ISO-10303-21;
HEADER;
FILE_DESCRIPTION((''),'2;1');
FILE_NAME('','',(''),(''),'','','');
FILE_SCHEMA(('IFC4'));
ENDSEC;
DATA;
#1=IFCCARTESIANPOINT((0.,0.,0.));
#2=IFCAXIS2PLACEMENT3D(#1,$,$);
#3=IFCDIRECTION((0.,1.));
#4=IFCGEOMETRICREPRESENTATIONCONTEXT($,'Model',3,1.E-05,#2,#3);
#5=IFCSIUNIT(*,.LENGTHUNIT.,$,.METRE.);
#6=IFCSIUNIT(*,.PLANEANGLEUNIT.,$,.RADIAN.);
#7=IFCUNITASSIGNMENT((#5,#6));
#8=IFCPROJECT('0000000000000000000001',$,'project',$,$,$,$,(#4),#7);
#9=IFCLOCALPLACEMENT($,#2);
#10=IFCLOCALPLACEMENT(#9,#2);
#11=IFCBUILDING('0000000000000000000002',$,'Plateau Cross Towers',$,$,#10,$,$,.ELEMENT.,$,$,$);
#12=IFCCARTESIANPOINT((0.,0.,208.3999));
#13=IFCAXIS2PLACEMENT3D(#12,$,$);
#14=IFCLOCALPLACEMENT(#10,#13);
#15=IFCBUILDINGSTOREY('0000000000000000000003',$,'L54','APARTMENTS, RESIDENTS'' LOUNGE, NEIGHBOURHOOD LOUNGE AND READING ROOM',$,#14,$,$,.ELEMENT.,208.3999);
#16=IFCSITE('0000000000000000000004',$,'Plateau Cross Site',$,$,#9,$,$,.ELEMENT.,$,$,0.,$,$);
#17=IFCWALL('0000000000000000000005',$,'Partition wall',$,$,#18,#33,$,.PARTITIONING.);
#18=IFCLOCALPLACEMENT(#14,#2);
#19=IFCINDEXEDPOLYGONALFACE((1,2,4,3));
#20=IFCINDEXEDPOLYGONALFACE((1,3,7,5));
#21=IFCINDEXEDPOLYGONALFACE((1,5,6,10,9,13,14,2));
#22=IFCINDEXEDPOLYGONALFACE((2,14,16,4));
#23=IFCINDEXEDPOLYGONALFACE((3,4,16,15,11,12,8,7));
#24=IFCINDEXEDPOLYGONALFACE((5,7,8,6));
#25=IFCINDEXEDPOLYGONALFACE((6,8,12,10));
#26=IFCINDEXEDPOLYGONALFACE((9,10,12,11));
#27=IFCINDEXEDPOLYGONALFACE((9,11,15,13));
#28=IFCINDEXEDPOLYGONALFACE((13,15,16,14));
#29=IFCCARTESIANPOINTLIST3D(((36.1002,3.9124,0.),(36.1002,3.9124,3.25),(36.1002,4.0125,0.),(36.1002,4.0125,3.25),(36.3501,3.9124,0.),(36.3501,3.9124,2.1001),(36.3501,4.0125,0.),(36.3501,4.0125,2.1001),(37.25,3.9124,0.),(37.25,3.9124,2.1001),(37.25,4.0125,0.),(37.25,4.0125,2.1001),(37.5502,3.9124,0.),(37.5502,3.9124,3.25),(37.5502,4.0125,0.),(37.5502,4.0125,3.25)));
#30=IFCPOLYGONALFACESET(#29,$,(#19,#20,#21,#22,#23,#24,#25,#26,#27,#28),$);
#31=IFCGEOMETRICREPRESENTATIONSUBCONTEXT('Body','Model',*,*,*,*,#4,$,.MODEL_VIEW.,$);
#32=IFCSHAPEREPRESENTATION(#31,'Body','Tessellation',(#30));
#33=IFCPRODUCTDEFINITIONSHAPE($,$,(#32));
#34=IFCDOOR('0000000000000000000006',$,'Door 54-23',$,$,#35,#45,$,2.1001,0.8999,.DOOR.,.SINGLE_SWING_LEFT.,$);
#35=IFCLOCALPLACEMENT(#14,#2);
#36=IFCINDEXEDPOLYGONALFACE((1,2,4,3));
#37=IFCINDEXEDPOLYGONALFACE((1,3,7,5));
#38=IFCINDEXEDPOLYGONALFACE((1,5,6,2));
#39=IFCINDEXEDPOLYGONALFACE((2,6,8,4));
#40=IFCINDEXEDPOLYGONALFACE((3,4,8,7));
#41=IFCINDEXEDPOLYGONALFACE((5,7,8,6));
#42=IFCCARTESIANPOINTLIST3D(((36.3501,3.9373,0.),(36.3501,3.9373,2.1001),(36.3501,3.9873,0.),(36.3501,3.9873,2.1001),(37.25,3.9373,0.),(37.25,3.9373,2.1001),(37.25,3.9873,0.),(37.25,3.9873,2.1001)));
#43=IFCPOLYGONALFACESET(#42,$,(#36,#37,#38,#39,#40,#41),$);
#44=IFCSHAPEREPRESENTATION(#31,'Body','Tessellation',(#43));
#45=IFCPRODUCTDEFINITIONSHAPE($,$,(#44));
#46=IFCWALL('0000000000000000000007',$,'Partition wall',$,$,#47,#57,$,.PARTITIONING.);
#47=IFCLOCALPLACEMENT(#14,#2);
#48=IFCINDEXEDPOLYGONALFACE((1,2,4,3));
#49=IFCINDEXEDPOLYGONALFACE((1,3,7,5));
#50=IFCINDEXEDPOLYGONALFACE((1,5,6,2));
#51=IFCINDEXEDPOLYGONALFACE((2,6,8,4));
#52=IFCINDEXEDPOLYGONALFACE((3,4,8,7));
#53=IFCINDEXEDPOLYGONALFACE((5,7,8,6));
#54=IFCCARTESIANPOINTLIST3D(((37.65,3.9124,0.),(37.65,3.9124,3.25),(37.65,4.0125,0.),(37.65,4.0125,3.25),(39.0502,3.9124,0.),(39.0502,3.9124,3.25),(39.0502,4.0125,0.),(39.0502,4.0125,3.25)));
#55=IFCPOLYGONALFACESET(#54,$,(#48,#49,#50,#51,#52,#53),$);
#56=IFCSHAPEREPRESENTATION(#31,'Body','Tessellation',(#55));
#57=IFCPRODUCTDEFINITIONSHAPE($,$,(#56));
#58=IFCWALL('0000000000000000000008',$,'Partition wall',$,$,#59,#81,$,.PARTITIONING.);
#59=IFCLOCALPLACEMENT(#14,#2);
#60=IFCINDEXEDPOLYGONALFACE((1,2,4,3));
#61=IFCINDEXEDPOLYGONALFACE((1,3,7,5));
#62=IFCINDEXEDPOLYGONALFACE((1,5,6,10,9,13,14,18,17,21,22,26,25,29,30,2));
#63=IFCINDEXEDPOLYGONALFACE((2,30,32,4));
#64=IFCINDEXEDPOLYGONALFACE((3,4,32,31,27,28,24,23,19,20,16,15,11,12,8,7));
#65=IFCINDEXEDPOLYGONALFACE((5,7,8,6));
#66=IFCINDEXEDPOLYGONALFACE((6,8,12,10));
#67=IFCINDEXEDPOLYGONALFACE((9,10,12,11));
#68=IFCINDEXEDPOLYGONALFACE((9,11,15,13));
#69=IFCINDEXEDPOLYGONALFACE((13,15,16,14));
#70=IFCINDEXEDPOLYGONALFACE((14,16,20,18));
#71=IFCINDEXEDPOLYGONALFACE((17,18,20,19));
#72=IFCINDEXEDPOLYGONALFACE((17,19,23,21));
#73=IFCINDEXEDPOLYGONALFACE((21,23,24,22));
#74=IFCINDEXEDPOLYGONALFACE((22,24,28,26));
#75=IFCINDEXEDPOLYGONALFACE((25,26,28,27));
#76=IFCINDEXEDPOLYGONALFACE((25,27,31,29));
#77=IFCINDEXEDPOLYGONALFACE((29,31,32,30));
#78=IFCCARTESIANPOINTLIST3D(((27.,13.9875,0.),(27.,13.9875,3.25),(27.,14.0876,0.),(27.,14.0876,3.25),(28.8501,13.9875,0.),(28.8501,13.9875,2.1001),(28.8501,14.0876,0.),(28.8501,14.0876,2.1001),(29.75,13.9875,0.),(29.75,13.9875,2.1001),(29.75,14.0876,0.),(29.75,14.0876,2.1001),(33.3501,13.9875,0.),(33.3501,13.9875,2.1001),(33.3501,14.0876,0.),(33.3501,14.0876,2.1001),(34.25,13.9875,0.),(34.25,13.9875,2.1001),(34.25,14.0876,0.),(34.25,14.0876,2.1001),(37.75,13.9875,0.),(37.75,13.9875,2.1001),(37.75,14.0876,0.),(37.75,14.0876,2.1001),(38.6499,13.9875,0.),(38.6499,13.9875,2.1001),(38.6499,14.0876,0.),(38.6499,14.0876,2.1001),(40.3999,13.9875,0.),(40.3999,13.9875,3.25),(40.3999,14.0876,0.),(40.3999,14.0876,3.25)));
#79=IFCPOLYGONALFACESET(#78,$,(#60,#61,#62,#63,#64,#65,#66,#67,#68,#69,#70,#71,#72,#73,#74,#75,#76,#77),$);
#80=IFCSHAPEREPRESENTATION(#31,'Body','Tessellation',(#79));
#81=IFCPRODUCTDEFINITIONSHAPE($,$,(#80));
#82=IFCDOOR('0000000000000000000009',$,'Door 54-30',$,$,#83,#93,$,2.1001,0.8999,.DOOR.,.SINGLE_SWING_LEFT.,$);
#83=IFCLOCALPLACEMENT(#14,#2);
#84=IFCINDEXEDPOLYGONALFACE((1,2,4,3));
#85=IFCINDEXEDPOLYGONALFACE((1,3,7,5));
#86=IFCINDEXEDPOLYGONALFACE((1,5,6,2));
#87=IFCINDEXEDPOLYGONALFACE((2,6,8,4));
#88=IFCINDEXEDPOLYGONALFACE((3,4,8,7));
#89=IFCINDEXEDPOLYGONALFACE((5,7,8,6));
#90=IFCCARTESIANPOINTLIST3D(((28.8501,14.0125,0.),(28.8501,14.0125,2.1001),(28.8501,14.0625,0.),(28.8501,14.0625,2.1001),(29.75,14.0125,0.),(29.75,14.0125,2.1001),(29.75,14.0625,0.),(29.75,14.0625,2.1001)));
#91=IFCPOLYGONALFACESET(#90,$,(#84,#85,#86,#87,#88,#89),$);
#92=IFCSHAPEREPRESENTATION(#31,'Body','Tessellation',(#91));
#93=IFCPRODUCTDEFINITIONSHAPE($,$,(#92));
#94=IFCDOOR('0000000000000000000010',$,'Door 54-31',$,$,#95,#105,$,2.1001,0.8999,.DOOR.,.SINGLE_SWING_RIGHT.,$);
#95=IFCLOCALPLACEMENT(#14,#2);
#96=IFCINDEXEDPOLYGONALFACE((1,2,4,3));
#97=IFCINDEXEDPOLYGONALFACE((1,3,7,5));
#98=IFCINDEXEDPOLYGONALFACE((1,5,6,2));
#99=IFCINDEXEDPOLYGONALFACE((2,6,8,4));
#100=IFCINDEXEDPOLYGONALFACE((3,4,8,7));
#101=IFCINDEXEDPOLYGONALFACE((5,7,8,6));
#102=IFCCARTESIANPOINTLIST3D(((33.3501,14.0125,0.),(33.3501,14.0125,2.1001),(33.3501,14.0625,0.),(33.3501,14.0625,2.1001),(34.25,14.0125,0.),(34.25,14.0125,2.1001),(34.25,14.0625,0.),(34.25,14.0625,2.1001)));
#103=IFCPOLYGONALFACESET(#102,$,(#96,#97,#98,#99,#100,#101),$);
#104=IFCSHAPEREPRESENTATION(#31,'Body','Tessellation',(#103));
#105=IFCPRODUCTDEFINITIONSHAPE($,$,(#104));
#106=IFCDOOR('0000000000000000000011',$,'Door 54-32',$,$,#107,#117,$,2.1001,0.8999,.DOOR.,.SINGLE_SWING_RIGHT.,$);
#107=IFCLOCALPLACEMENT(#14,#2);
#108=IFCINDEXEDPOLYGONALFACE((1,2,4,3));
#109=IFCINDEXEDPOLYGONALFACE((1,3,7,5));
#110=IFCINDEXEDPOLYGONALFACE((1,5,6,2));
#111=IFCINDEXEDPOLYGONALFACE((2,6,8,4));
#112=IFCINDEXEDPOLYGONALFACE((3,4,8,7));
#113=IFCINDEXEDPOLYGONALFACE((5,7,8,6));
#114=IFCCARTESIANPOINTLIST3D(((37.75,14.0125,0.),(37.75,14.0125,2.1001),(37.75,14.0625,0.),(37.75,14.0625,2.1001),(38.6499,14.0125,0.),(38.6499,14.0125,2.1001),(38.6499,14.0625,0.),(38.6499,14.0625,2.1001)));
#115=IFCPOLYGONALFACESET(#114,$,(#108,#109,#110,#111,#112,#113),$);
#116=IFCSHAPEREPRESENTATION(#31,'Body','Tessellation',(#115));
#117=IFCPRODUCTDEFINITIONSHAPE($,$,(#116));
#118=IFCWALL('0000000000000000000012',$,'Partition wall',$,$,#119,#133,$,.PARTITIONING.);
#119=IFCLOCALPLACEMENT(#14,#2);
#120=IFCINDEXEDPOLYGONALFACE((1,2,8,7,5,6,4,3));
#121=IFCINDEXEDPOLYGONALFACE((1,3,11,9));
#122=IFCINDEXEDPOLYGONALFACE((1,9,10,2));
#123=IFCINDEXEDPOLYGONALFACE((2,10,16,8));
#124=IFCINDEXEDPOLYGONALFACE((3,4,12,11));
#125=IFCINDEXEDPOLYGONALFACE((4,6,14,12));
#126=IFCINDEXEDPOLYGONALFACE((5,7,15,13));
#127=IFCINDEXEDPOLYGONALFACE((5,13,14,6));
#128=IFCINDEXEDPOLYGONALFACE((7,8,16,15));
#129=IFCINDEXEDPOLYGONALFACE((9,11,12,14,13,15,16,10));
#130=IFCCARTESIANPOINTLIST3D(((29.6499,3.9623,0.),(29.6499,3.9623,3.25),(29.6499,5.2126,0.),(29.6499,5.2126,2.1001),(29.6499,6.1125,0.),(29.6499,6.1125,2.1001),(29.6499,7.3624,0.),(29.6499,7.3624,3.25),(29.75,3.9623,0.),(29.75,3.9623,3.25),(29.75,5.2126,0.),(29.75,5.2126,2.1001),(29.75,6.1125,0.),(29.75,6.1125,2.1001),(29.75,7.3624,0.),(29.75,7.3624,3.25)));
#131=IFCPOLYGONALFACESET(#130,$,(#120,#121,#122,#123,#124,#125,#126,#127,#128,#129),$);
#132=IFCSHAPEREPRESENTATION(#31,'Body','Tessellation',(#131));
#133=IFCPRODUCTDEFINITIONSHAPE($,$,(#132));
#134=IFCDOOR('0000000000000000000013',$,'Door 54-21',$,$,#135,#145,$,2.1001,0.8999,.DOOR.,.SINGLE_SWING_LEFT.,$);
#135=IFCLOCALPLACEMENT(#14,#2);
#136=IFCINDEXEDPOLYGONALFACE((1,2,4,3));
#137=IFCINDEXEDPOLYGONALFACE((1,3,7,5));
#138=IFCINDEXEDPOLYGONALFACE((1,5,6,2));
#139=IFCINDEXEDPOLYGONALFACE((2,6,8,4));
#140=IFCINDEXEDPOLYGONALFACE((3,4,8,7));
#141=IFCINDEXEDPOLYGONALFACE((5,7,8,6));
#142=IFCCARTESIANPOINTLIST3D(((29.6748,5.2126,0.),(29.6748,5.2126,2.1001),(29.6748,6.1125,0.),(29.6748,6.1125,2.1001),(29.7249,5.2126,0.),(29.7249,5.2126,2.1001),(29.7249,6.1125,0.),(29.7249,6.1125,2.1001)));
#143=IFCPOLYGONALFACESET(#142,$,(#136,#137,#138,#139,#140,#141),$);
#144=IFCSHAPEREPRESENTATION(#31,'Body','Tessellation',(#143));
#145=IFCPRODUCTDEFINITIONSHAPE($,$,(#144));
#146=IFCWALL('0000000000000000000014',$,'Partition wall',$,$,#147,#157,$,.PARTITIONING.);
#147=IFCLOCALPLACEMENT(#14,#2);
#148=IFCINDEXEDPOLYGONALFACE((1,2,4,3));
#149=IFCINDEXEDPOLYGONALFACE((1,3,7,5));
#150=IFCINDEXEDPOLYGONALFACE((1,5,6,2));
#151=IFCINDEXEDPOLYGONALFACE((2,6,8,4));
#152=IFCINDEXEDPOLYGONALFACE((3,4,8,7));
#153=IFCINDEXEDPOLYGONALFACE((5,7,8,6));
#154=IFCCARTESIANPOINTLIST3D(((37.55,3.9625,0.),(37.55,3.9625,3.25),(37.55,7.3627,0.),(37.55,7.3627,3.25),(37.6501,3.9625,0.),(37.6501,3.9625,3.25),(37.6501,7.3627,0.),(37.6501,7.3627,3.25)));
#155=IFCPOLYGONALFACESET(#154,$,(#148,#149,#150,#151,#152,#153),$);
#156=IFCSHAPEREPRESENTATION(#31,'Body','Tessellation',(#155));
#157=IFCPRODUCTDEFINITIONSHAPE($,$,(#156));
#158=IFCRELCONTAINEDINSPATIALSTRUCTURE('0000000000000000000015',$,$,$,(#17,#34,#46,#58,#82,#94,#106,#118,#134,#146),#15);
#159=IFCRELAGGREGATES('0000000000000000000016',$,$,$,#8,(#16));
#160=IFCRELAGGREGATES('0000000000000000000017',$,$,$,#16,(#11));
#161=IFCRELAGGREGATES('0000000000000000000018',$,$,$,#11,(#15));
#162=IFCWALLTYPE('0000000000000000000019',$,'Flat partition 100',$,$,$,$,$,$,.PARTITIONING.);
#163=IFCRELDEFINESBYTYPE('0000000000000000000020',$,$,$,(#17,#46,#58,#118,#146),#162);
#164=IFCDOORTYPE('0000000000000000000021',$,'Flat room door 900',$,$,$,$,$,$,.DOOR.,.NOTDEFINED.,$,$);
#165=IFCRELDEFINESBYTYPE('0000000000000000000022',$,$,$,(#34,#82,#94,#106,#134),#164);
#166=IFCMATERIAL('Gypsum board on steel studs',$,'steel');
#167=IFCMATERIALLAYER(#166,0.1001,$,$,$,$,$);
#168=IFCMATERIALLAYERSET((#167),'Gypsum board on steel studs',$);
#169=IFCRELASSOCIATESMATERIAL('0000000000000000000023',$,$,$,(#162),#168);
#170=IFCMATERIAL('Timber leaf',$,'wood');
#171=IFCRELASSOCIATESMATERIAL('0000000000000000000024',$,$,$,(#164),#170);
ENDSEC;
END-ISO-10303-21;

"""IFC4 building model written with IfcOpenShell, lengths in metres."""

from ifc_helpers import new_model, si_unit, direction, frame, frame_2d, origin, place, context, subcontext, project, spatial, rectangle, extrude, material, layer, layer_set, type_object, element, fill, save


model = new_model("IFC4")

# Units and contexts
model_context = context("Model", 3, precision=1e-05, world=origin(), true_north=direction((0.0, 1.0)))
body_context = subcontext(model_context, "Body", "Model", "MODEL_VIEW")
ifc_project = project(units=[si_unit("LENGTHUNIT", "METRE"), si_unit("PLANEANGLEUNIT", "RADIAN")], contexts=[model_context])

# Site, building, storey
site_placement = place(None, origin())
site = spatial("IfcSite", under=ifc_project, at=site_placement, Name="Plateau Cross Site", CompositionType="ELEMENT", RefElevation=0.0)
building_placement = place(site_placement, origin())
building = spatial("IfcBuilding", under=site, at=building_placement, Name="Plateau Cross Towers", CompositionType="ELEMENT")
storey_placement = place(building_placement, frame((0.0, 0.0, 208.3999)))
storey = spatial("IfcBuildingStorey", under=building, at=storey_placement, Name="L54", Description="APARTMENTS, RESIDENTS' LOUNGE, NEIGHBOURHOOD LOUNGE AND READING ROOM", CompositionType="ELEMENT", Elevation=208.3999)

# Shared definitions
ifc_material_1 = material(Name="Gypsum board on steel studs", Category="steel")
ifc_layer_1 = layer(ifc_material_1, 0.1001)
ifc_layer_set_1 = layer_set([ifc_layer_1], Name="Gypsum board on steel studs")
wall_type_1 = type_object("IfcWallType", Name="Flat partition 100", PredefinedType="PARTITIONING", material=ifc_layer_set_1)
ifc_material_2 = material(Name="Timber leaf", Category="wood")
door_type_1 = type_object("IfcDoorType", Name="Flat room door 900", OperationType="NOTDEFINED", PredefinedType="DOOR", material=ifc_material_2)

# Wall, opening, door
wall_1_placement = place(storey_placement, frame((36.1001, 3.9624, 0.0), z_axis=(0.0, 0.0, 1.0), x_axis=(1.0, 0.0, 0.0)))
wall_1 = element("IfcWall", 1, at=wall_1_placement, inside=storey, type_object=wall_type_1, Name="Partition wall", PredefinedType="PARTITIONING", context=body_context, shape_type="SweptSolid", body=[
    extrude(rectangle(XDim=1.45, YDim=0.1001, at=frame_2d((0.7251, 0.0))), origin(), (0.0, 0.0, 1.0), 3.25),
])
opening_1_placement = place(wall_1_placement, frame((0.25, 0.0, 0.0)))
opening_1 = element("IfcOpeningElement", 2, at=opening_1_placement, cuts=wall_1, PredefinedType="OPENING", context=body_context, shape_type="SweptSolid", body=[
    extrude(rectangle(XDim=0.8999, YDim=2.1001, at=frame_2d((0.45, 1.05))), frame((0.0, 0.0601, 0.0), z_axis=(0.0, -1.0, 0.0), x_axis=(1.0, 0.0, 0.0)), (0.0, 0.0, 1.0), 0.1201),
])
door_1_placement = place(opening_1_placement, origin())
door_1 = element("IfcDoor", 3, at=door_1_placement, inside=storey, type_object=door_type_1, Name="Door 54-23", OperationType="SINGLE_SWING_LEFT", OverallHeight=2.1001, OverallWidth=0.8999, PredefinedType="DOOR", context=body_context, shape_type="SweptSolid", body=[
    extrude(rectangle(XDim=0.8999, YDim=2.1001, at=frame_2d((0.45, 1.05))), frame((0.0, 0.0249, 0.0), z_axis=(0.0, -1.0, 0.0), x_axis=(1.0, 0.0, 0.0)), (0.0, 0.0, 1.0), 0.05),
])
fill(opening_1, door_1)

# Wall
wall_2_placement = place(storey_placement, frame((37.6499, 3.9624, 0.0), z_axis=(0.0, 0.0, 1.0), x_axis=(1.0, 0.0, 0.0)))
element("IfcWall", 4, at=wall_2_placement, inside=storey, type_object=wall_type_1, Name="Partition wall", PredefinedType="PARTITIONING", context=body_context, shape_type="SweptSolid", body=[
    extrude(rectangle(XDim=1.4001, YDim=0.1001, at=frame_2d((0.7002, 0.0))), origin(), (0.0, 0.0, 1.0), 3.25),
])

# Wall, openings, doors
wall_3_placement = place(storey_placement, frame((27.0, 14.0376, 0.0), z_axis=(0.0, 0.0, 1.0), x_axis=(1.0, 0.0, 0.0)))
wall_3 = element("IfcWall", 5, at=wall_3_placement, inside=storey, type_object=wall_type_1, Name="Partition wall", PredefinedType="PARTITIONING", context=body_context, shape_type="SweptSolid", body=[
    extrude(rectangle(XDim=13.3999, YDim=0.1001, at=frame_2d((6.7, 0.0))), origin(), (0.0, 0.0, 1.0), 3.25),
])
opening_2_placement = place(wall_3_placement, frame((1.8501, 0.0, 0.0)))
opening_2 = element("IfcOpeningElement", 6, at=opening_2_placement, cuts=wall_3, PredefinedType="OPENING", context=body_context, shape_type="SweptSolid", body=[
    extrude(rectangle(XDim=0.8999, YDim=2.1001, at=frame_2d((0.45, 1.05))), frame((0.0, 0.0601, 0.0), z_axis=(0.0, -1.0, 0.0), x_axis=(1.0, 0.0, 0.0)), (0.0, 0.0, 1.0), 0.1201),
])
opening_3_placement = place(wall_3_placement, frame((6.3501, 0.0, 0.0)))
opening_3 = element("IfcOpeningElement", 7, at=opening_3_placement, cuts=wall_3, PredefinedType="OPENING", context=body_context, shape_type="SweptSolid", body=[
    extrude(rectangle(XDim=0.8999, YDim=2.1001, at=frame_2d((0.45, 1.05))), frame((0.0, 0.0601, 0.0), z_axis=(0.0, -1.0, 0.0), x_axis=(1.0, 0.0, 0.0)), (0.0, 0.0, 1.0), 0.1201),
])
opening_4_placement = place(wall_3_placement, frame((10.75, 0.0, 0.0)))
opening_4 = element("IfcOpeningElement", 8, at=opening_4_placement, cuts=wall_3, PredefinedType="OPENING", context=body_context, shape_type="SweptSolid", body=[
    extrude(rectangle(XDim=0.8999, YDim=2.1001, at=frame_2d((0.45, 1.05))), frame((0.0, 0.0601, 0.0), z_axis=(0.0, -1.0, 0.0), x_axis=(1.0, 0.0, 0.0)), (0.0, 0.0, 1.0), 0.1201),
])
door_2_placement = place(opening_2_placement, origin())
door_2 = element("IfcDoor", 9, at=door_2_placement, inside=storey, type_object=door_type_1, Name="Door 54-30", OperationType="SINGLE_SWING_LEFT", OverallHeight=2.1001, OverallWidth=0.8999, PredefinedType="DOOR", context=body_context, shape_type="SweptSolid", body=[
    extrude(rectangle(XDim=0.8999, YDim=2.1001, at=frame_2d((0.45, 1.05))), frame((0.0, 0.0249, 0.0), z_axis=(0.0, -1.0, 0.0), x_axis=(1.0, 0.0, 0.0)), (0.0, 0.0, 1.0), 0.05),
])
fill(opening_2, door_2)
door_3_placement = place(opening_3_placement, origin())
door_3 = element("IfcDoor", 10, at=door_3_placement, inside=storey, type_object=door_type_1, Name="Door 54-31", OperationType="SINGLE_SWING_RIGHT", OverallHeight=2.1001, OverallWidth=0.8999, PredefinedType="DOOR", context=body_context, shape_type="SweptSolid", body=[
    extrude(rectangle(XDim=0.8999, YDim=2.1001, at=frame_2d((0.45, 1.05))), frame((0.0, 0.0249, 0.0), z_axis=(0.0, -1.0, 0.0), x_axis=(1.0, 0.0, 0.0)), (0.0, 0.0, 1.0), 0.05),
])
fill(opening_3, door_3)
door_4_placement = place(opening_4_placement, origin())
door_4 = element("IfcDoor", 11, at=door_4_placement, inside=storey, type_object=door_type_1, Name="Door 54-32", OperationType="SINGLE_SWING_RIGHT", OverallHeight=2.1001, OverallWidth=0.8999, PredefinedType="DOOR", context=body_context, shape_type="SweptSolid", body=[
    extrude(rectangle(XDim=0.8999, YDim=2.1001, at=frame_2d((0.45, 1.05))), frame((0.0, 0.0249, 0.0), z_axis=(0.0, -1.0, 0.0), x_axis=(1.0, 0.0, 0.0)), (0.0, 0.0, 1.0), 0.05),
])
fill(opening_4, door_4)

# Wall, opening, door
wall_4_placement = place(storey_placement, frame((29.7, 7.3625, 0.0), z_axis=(0.0, 0.0, 1.0), x_axis=(0.0, -1.0, 0.0)))
wall_4 = element("IfcWall", 12, at=wall_4_placement, inside=storey, type_object=wall_type_1, Name="Partition wall", PredefinedType="PARTITIONING", context=body_context, shape_type="SweptSolid", body=[
    extrude(rectangle(XDim=3.4001, YDim=0.1001, at=frame_2d((1.7002, 0.0))), origin(), (0.0, 0.0, 1.0), 3.25),
])
opening_5_placement = place(wall_4_placement, frame((1.25, 0.0, 0.0)))
opening_5 = element("IfcOpeningElement", 13, at=opening_5_placement, cuts=wall_4, PredefinedType="OPENING", context=body_context, shape_type="SweptSolid", body=[
    extrude(rectangle(XDim=0.8999, YDim=2.1001, at=frame_2d((0.45, 1.05))), frame((0.0, 0.0601, 0.0), z_axis=(0.0, -1.0, 0.0), x_axis=(1.0, 0.0, 0.0)), (0.0, 0.0, 1.0), 0.1201),
])
door_5_placement = place(opening_5_placement, origin())
door_5 = element("IfcDoor", 14, at=door_5_placement, inside=storey, type_object=door_type_1, Name="Door 54-21", OperationType="SINGLE_SWING_LEFT", OverallHeight=2.1001, OverallWidth=0.8999, PredefinedType="DOOR", context=body_context, shape_type="SweptSolid", body=[
    extrude(rectangle(XDim=0.8999, YDim=2.1001, at=frame_2d((0.45, 1.05))), frame((0.0, 0.0249, 0.0), z_axis=(0.0, -1.0, 0.0), x_axis=(1.0, 0.0, 0.0)), (0.0, 0.0, 1.0), 0.05),
])
fill(opening_5, door_5)

# Wall
wall_5_placement = place(storey_placement, frame((37.6001, 3.9624, 0.0), z_axis=(0.0, 0.0, 1.0), x_axis=(0.0, 1.0, 0.0)))
element("IfcWall", 15, at=wall_5_placement, inside=storey, type_object=wall_type_1, Name="Partition wall", PredefinedType="PARTITIONING", context=body_context, shape_type="SweptSolid", body=[
    extrude(rectangle(XDim=3.4001, YDim=0.1001, at=frame_2d((1.7002, 0.0))), origin(), (0.0, 0.0, 1.0), 3.25),
])

save(model, "model.ifc")
